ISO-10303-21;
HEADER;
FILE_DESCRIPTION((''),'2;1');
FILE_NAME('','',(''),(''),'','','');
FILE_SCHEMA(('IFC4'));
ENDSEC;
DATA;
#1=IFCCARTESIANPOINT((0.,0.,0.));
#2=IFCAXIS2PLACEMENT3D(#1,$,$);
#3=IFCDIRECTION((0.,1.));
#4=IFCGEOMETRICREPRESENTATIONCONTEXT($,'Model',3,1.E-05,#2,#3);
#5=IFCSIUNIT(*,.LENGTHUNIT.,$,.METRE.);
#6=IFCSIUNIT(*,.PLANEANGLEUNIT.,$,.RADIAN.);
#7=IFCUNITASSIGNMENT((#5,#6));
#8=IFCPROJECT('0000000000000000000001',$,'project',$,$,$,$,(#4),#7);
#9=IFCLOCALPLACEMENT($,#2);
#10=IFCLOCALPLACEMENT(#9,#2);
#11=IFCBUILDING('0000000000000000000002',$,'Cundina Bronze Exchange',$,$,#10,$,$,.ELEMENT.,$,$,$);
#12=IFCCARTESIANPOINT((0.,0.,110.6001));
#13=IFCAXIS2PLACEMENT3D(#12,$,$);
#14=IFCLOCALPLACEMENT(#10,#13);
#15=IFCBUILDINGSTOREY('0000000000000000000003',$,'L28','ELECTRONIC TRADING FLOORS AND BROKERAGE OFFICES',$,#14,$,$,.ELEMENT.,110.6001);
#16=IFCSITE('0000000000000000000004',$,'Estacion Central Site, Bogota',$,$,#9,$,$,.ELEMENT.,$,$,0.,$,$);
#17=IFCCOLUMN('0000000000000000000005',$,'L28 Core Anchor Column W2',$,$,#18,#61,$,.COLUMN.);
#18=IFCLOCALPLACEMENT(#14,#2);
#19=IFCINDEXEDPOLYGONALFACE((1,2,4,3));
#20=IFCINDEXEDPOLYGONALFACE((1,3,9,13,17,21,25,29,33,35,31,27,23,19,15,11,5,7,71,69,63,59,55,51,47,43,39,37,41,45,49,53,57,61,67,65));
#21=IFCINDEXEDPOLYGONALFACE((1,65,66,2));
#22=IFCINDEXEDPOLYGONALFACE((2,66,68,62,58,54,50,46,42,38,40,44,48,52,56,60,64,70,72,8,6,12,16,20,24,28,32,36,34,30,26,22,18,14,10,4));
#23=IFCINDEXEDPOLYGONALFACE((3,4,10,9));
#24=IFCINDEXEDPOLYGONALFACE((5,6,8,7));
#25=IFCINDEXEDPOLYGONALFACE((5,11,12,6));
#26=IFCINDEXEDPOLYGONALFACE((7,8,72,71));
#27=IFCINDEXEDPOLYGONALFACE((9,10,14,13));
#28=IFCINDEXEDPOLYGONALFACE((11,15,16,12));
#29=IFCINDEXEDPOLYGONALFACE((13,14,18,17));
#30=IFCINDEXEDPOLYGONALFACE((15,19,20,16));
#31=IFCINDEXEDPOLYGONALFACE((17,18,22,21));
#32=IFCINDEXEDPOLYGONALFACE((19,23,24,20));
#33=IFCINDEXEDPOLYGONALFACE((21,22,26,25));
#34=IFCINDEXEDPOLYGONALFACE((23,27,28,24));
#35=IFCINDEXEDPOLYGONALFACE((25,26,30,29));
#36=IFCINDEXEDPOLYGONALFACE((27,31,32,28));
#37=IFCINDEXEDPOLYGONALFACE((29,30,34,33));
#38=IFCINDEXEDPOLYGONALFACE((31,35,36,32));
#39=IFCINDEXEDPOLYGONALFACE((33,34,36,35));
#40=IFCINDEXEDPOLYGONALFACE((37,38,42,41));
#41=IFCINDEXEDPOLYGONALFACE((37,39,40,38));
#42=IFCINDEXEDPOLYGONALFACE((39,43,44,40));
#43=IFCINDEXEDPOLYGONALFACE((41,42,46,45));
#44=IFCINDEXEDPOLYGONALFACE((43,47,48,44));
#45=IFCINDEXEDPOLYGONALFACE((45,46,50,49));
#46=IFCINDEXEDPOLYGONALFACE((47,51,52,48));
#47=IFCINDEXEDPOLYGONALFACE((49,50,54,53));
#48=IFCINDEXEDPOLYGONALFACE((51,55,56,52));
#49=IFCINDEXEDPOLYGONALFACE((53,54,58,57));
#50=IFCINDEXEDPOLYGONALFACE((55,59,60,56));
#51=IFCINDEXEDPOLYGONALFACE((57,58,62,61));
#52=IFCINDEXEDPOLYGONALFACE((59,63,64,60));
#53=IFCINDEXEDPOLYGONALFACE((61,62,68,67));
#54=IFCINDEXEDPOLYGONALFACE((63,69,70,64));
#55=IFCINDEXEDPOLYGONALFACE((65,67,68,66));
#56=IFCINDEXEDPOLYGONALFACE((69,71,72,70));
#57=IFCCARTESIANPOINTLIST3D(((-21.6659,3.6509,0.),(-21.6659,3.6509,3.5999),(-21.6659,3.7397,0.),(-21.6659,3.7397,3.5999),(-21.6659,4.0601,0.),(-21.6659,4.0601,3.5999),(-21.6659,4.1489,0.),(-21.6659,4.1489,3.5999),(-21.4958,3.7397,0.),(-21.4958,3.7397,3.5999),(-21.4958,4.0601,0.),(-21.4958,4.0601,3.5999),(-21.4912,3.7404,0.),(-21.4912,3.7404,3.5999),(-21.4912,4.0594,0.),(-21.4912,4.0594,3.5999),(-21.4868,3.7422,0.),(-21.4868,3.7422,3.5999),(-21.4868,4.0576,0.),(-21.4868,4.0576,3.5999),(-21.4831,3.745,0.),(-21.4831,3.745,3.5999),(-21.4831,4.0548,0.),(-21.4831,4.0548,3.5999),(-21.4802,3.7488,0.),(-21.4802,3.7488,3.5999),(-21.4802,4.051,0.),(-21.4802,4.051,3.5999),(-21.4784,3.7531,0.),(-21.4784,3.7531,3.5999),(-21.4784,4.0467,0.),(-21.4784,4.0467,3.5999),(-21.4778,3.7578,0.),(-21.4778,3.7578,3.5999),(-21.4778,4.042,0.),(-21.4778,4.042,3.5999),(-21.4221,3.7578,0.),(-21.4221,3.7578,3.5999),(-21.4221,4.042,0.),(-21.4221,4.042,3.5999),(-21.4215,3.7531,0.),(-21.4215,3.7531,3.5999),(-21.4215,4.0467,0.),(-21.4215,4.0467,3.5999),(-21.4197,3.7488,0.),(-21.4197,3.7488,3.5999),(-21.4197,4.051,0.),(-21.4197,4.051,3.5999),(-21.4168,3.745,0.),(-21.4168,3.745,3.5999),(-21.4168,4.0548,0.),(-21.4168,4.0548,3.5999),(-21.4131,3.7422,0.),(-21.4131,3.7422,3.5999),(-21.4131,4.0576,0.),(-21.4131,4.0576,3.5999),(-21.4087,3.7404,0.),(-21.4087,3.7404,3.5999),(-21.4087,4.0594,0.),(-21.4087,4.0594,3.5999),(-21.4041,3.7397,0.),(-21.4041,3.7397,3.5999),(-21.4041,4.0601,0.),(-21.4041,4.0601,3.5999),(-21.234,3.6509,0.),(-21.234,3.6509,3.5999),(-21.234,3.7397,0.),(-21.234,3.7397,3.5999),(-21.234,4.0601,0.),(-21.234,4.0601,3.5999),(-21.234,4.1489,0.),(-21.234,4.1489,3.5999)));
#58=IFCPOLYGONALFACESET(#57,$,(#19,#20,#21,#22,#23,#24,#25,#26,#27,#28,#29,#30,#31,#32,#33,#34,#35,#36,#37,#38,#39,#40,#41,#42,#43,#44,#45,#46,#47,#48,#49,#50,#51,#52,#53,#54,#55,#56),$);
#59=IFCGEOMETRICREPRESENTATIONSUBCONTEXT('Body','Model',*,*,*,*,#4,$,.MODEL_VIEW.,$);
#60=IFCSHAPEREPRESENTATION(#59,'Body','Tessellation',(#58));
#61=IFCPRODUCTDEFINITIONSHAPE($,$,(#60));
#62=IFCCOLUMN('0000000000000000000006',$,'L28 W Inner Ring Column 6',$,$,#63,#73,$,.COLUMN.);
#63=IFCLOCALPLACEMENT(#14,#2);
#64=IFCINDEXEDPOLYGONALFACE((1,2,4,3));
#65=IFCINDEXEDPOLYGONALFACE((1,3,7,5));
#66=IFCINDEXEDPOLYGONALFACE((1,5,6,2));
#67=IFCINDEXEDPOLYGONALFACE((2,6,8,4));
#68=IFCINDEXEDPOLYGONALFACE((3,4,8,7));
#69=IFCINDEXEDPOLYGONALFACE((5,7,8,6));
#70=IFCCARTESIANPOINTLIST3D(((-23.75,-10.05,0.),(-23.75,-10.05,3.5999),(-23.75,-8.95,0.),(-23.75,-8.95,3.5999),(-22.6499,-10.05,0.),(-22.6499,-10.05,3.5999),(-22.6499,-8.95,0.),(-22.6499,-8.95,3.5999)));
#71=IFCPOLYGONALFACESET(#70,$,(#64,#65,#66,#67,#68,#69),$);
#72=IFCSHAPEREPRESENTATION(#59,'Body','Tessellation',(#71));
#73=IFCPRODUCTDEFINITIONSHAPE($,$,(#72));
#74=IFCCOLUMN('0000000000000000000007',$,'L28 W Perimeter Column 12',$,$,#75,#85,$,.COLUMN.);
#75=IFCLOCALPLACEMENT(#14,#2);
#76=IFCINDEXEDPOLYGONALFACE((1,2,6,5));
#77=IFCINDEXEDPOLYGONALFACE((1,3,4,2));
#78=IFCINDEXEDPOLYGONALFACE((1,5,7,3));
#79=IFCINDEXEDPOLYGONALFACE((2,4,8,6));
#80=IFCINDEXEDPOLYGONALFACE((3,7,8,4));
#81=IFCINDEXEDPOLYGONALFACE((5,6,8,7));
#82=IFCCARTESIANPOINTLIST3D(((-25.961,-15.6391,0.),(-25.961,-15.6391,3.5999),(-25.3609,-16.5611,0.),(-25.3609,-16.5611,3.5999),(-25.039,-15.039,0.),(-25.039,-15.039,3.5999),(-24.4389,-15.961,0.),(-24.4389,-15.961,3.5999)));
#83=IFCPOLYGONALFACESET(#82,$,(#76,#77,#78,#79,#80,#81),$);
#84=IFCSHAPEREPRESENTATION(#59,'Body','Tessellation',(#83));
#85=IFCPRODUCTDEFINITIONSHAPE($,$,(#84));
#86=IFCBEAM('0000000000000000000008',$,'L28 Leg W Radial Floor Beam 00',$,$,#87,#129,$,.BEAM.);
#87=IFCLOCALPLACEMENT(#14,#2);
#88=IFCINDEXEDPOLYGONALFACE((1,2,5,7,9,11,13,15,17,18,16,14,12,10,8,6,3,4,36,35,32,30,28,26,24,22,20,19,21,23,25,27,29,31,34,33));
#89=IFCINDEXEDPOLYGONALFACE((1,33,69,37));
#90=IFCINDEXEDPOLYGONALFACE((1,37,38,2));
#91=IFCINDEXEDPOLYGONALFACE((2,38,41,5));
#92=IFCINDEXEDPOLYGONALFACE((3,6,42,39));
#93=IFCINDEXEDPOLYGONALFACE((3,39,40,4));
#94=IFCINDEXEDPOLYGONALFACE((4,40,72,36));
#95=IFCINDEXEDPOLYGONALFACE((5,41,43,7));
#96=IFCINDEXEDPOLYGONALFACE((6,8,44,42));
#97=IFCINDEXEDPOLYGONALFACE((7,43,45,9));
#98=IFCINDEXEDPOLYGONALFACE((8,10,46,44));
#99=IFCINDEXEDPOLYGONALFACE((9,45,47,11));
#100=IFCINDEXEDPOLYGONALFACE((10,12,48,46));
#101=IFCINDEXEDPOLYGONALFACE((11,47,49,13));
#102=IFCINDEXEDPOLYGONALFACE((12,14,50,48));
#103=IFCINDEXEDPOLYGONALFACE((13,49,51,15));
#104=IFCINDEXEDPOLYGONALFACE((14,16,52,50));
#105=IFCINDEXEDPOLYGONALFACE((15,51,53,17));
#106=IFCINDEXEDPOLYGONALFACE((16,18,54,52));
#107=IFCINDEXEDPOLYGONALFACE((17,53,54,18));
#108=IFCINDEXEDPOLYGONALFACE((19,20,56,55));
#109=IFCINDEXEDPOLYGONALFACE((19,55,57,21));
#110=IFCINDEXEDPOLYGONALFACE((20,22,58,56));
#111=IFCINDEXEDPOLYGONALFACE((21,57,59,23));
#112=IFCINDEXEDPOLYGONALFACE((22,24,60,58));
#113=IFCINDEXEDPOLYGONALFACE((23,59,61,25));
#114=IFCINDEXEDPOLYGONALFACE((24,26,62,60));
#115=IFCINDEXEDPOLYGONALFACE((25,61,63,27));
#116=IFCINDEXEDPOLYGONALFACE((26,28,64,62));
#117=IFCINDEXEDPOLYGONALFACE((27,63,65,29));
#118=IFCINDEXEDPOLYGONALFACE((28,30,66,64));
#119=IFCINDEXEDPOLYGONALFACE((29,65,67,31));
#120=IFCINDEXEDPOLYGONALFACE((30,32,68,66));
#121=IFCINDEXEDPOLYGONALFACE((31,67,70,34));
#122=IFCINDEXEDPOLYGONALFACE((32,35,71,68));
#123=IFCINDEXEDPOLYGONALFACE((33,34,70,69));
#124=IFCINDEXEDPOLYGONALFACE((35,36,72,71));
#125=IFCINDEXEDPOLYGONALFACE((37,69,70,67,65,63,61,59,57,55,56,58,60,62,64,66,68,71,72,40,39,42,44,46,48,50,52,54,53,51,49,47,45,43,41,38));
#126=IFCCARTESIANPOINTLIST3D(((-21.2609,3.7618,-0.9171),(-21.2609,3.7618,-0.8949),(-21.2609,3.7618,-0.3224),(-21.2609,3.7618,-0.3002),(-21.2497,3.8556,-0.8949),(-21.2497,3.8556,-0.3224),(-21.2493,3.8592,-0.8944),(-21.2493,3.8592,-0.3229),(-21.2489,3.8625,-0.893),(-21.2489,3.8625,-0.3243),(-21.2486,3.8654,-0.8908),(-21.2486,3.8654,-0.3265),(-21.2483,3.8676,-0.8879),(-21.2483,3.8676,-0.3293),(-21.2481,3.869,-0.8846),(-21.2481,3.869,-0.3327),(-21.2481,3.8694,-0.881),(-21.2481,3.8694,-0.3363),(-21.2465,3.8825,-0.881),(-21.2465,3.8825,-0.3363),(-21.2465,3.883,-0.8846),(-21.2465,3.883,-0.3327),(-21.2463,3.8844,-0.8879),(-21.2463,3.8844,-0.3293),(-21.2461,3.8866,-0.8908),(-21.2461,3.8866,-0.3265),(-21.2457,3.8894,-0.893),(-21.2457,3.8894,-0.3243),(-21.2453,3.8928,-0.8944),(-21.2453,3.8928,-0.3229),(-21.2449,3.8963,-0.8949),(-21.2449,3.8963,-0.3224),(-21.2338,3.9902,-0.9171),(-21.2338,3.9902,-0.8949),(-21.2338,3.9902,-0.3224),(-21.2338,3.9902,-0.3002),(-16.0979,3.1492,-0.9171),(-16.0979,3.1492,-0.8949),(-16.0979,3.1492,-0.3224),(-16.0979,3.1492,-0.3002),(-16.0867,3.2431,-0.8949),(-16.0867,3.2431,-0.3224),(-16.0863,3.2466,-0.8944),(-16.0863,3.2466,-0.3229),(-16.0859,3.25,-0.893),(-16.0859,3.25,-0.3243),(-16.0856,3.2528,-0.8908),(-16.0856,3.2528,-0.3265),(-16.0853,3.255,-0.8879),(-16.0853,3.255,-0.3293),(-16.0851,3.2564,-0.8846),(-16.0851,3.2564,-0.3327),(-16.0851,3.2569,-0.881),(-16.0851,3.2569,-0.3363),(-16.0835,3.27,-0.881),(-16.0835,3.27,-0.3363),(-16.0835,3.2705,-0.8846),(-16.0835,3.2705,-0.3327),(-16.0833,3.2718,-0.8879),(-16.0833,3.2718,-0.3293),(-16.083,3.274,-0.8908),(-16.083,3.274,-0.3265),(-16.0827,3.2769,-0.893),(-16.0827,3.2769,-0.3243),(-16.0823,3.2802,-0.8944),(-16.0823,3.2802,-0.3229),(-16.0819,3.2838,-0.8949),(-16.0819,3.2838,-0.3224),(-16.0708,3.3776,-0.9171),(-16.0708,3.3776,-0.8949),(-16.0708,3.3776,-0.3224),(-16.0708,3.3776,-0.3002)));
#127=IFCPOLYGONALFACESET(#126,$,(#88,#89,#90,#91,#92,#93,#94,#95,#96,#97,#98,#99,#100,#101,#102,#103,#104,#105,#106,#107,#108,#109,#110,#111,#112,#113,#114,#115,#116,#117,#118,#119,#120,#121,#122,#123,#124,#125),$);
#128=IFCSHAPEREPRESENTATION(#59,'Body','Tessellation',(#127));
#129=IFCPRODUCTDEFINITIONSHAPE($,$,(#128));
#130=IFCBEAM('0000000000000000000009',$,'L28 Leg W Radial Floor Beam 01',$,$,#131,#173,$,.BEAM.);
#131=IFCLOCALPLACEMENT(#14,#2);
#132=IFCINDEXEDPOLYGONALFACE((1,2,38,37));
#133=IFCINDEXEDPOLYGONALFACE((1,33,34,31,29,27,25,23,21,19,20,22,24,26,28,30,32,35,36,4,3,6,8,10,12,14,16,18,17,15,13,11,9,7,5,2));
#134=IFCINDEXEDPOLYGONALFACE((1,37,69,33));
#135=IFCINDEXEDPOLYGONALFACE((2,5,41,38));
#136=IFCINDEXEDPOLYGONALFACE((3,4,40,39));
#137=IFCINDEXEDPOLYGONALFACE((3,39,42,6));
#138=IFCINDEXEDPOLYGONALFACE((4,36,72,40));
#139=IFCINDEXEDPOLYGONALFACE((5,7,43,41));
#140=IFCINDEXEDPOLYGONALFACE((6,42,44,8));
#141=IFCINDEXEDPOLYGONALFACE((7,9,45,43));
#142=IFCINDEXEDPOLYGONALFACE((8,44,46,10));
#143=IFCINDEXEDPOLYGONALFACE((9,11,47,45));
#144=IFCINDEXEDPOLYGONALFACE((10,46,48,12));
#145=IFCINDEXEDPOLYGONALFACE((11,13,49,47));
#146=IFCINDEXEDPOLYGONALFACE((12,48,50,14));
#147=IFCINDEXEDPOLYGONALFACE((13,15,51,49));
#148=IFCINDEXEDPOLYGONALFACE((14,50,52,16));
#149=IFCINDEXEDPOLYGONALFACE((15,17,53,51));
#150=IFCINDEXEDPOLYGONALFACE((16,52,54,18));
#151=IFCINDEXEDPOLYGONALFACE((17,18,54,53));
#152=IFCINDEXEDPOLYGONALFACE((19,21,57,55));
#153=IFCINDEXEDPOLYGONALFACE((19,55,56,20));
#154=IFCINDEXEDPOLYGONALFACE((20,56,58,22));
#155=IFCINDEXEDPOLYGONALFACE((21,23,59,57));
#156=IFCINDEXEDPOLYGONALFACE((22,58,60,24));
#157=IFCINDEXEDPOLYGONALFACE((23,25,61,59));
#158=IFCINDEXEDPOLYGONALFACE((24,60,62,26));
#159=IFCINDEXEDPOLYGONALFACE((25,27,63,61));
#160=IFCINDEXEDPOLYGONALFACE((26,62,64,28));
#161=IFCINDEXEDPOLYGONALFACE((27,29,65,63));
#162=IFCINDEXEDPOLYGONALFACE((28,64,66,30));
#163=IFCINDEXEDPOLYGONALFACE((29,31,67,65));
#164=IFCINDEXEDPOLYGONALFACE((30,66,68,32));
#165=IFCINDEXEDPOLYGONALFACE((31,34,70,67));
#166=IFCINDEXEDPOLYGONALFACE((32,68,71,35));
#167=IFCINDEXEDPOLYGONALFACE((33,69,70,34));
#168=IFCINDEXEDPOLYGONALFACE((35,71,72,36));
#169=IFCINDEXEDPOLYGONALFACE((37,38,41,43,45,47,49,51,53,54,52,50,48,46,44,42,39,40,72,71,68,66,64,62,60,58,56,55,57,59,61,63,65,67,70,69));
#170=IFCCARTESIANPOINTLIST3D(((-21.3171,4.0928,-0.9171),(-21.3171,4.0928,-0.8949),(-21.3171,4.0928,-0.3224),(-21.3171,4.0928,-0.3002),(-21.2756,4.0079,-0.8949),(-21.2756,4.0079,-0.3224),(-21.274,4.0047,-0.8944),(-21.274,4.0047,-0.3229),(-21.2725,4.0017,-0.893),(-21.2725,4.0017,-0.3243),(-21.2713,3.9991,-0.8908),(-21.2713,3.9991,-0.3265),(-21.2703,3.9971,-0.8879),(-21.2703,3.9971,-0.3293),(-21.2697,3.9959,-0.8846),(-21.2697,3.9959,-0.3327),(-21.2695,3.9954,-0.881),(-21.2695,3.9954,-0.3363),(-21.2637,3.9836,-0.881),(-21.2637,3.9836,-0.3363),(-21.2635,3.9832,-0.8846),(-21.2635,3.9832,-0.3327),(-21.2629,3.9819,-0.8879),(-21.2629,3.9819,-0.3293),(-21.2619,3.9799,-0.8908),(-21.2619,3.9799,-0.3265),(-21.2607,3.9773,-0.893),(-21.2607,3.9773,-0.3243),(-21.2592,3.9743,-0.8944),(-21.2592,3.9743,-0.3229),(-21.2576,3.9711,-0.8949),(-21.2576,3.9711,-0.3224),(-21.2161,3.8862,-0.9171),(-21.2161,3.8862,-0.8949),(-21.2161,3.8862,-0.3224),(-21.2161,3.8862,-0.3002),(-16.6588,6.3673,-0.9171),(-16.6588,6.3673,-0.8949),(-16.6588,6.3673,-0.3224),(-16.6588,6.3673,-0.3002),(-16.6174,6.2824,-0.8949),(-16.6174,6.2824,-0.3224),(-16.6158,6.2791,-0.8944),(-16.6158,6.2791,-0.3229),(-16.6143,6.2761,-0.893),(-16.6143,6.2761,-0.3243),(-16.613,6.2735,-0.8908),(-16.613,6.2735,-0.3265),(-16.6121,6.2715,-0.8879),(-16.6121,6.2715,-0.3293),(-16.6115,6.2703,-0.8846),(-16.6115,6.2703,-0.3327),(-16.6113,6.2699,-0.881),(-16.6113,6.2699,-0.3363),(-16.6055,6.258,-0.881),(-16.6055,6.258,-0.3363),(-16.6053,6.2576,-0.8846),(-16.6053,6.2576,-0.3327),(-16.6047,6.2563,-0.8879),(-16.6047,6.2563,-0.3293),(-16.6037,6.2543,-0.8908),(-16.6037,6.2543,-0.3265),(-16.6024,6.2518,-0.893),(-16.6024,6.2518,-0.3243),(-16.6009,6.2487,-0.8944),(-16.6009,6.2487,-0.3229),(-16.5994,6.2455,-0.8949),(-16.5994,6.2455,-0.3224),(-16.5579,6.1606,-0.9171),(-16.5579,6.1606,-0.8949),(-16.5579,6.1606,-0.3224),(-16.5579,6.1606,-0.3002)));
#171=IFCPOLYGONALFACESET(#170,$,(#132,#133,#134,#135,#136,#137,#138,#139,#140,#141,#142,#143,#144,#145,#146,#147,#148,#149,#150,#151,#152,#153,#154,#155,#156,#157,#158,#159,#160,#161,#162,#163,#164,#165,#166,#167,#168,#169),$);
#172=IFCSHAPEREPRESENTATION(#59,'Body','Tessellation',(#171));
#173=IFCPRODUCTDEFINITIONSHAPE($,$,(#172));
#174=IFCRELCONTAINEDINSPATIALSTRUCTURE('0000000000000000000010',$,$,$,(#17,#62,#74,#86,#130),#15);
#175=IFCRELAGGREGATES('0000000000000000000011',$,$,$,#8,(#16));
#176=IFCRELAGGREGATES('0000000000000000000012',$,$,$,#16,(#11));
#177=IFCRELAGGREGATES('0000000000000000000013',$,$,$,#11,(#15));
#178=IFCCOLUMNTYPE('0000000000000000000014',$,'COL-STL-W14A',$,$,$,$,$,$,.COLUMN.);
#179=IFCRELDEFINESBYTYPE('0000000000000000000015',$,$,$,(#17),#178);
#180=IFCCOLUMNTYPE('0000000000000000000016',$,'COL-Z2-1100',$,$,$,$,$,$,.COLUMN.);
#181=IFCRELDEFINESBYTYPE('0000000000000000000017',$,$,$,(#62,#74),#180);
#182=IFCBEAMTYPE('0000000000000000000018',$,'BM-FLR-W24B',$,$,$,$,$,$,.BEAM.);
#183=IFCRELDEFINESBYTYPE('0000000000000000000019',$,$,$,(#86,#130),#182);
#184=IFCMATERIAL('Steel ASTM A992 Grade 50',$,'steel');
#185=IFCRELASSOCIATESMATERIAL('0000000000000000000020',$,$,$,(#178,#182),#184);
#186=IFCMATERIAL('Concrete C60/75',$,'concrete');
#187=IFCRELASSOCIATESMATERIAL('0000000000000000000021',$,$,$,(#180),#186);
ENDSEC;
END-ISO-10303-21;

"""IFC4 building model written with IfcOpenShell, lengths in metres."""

from ifc_helpers import new_model, si_unit, direction, frame, origin, origin_2d, place, context, subcontext, project, spatial, rectangle, i_section, extrude, material, material_profile, profile_set, type_object, element, save


model = new_model("IFC4")

# Units and contexts
model_context = context("Model", 3, precision=1e-05, world=origin(), true_north=direction((0.0, 1.0)))
body_context = subcontext(model_context, "Body", "Model", "MODEL_VIEW")
ifc_project = project(units=[si_unit("LENGTHUNIT", "METRE"), si_unit("PLANEANGLEUNIT", "RADIAN")], contexts=[model_context])

# Site, building, storey
site_placement = place(None, origin())
site = spatial("IfcSite", under=ifc_project, at=site_placement, Name="Estacion Central Site, Bogota", CompositionType="ELEMENT", RefElevation=0.0)
building_placement = place(site_placement, origin())
building = spatial("IfcBuilding", under=site, at=building_placement, Name="Cundina Bronze Exchange", CompositionType="ELEMENT")
storey_placement = place(building_placement, frame((0.0, 0.0, 110.6001)))
storey = spatial("IfcBuildingStorey", under=building, at=storey_placement, Name="L28", Description="ELECTRONIC TRADING FLOORS AND BROKERAGE OFFICES", CompositionType="ELEMENT", Elevation=110.6001)

# Columns
ifc_material_1 = material(Name="Steel ASTM A992 Grade 50", Category="steel")
ifc_material_profile_1 = material_profile(ifc_material_1, i_section(OverallWidth=0.4319, OverallDepth=0.498, WebThickness=0.0557, FlangeThickness=0.0889, FilletRadius=0.0181, at=origin_2d()), Name="W14X500", Category="steel")
ifc_profile_set_1 = profile_set([ifc_material_profile_1], Name="Steel ASTM A992 Grade 50")
column_type_1 = type_object("IfcColumnType", Name="COL-STL-W14A", PredefinedType="COLUMN", material=ifc_profile_set_1)
column_placement = place(storey_placement, frame((-21.45, 3.8999, 0.0), z_axis=(0.0, 0.0, 1.0), x_axis=(1.0, 0.0, 0.0)))
element("IfcColumn", 1, at=column_placement, inside=storey, type_object=column_type_1, Name="L28 Core Anchor Column W2", PredefinedType="COLUMN", context=body_context, shape_type="SweptSolid", body=[
    extrude(i_section(OverallWidth=0.4319, OverallDepth=0.498, WebThickness=0.0557, FlangeThickness=0.0889, FilletRadius=0.0181, at=origin_2d()), origin(), (0.0, 0.0, 1.0), 3.5999),
])
ifc_material_2 = material(Name="Concrete C60/75", Category="concrete")
ifc_material_profile_2 = material_profile(ifc_material_2, rectangle(XDim=1.1001, YDim=1.1001, at=origin_2d()), Name="RC1100X1100", Category="concrete")
ifc_profile_set_2 = profile_set([ifc_material_profile_2], Name="Concrete C60/75")
column_type_2 = type_object("IfcColumnType", Name="COL-Z2-1100", PredefinedType="COLUMN", material=ifc_profile_set_2)
for number, where, z_axis, x_axis, name in (
    (2, (-23.2, -9.5, 0.0), (0.0, 0.0, 1.0), (1.0, 0.0, 0.0), "L28 W Inner Ring Column 6"),
    (3, (-25.2, -15.8, 0.0), (0.0, 0.0, 1.0), (0.8381, 0.545517, 0.0), "L28 W Perimeter Column 12"),
):
    element("IfcColumn", number, at=place(storey_placement, frame(where, z_axis=z_axis, x_axis=x_axis)), inside=storey, type_object=column_type_2, Name=name, PredefinedType="COLUMN", context=body_context, shape_type="SweptSolid", body=[
        extrude(rectangle(XDim=1.1001, YDim=1.1001, at=origin_2d()), origin(), (0.0, 0.0, 1.0), 3.5999),
    ])

# Beams
ifc_material_profile_3 = material_profile(ifc_material_1, i_section(OverallWidth=0.23, OverallDepth=0.6169, WebThickness=0.0132, FlangeThickness=0.0222, FilletRadius=0.0139, at=origin_2d()), Name="W24X94", Category="steel")
ifc_profile_set_3 = profile_set([ifc_material_profile_3], Name="Steel ASTM A992 Grade 50")
beam_type_1 = type_object("IfcBeamType", Name="BM-FLR-W24B", PredefinedType="BEAM", material=ifc_profile_set_3)
beam_1_placement = place(storey_placement, frame((-21.2473, 3.876, -0.6086), z_axis=(0.993036, -0.117814, 0.0), x_axis=(0.117814, 0.993036, 0.0)))
element("IfcBeam", 4, at=beam_1_placement, inside=storey, type_object=beam_type_1, Name="L28 Leg W Radial Floor Beam 00", PredefinedType="BEAM", context=body_context, shape_type="SweptSolid", body=[
    extrude(i_section(OverallWidth=0.23, OverallDepth=0.6169, WebThickness=0.0132, FlangeThickness=0.0222, FilletRadius=0.0139, at=origin_2d()), origin(), (0.0, 0.0, 1.0), 5.1992),
])
beam_2_placement = place(storey_placement, frame((-21.2666, 3.9895, -0.6086), z_axis=(0.898607, 0.438754, 0.0), x_axis=(-0.438754, 0.898607, 0.0)))
element("IfcBeam", 5, at=beam_2_placement, inside=storey, type_object=beam_type_1, Name="L28 Leg W Radial Floor Beam 01", PredefinedType="BEAM", context=body_context, shape_type="SweptSolid", body=[
    extrude(i_section(OverallWidth=0.23, OverallDepth=0.6169, WebThickness=0.0132, FlangeThickness=0.0222, FilletRadius=0.0139, at=origin_2d()), origin(), (0.0, 0.0, 1.0), 5.1838),
])

save(model, "model.ifc")
